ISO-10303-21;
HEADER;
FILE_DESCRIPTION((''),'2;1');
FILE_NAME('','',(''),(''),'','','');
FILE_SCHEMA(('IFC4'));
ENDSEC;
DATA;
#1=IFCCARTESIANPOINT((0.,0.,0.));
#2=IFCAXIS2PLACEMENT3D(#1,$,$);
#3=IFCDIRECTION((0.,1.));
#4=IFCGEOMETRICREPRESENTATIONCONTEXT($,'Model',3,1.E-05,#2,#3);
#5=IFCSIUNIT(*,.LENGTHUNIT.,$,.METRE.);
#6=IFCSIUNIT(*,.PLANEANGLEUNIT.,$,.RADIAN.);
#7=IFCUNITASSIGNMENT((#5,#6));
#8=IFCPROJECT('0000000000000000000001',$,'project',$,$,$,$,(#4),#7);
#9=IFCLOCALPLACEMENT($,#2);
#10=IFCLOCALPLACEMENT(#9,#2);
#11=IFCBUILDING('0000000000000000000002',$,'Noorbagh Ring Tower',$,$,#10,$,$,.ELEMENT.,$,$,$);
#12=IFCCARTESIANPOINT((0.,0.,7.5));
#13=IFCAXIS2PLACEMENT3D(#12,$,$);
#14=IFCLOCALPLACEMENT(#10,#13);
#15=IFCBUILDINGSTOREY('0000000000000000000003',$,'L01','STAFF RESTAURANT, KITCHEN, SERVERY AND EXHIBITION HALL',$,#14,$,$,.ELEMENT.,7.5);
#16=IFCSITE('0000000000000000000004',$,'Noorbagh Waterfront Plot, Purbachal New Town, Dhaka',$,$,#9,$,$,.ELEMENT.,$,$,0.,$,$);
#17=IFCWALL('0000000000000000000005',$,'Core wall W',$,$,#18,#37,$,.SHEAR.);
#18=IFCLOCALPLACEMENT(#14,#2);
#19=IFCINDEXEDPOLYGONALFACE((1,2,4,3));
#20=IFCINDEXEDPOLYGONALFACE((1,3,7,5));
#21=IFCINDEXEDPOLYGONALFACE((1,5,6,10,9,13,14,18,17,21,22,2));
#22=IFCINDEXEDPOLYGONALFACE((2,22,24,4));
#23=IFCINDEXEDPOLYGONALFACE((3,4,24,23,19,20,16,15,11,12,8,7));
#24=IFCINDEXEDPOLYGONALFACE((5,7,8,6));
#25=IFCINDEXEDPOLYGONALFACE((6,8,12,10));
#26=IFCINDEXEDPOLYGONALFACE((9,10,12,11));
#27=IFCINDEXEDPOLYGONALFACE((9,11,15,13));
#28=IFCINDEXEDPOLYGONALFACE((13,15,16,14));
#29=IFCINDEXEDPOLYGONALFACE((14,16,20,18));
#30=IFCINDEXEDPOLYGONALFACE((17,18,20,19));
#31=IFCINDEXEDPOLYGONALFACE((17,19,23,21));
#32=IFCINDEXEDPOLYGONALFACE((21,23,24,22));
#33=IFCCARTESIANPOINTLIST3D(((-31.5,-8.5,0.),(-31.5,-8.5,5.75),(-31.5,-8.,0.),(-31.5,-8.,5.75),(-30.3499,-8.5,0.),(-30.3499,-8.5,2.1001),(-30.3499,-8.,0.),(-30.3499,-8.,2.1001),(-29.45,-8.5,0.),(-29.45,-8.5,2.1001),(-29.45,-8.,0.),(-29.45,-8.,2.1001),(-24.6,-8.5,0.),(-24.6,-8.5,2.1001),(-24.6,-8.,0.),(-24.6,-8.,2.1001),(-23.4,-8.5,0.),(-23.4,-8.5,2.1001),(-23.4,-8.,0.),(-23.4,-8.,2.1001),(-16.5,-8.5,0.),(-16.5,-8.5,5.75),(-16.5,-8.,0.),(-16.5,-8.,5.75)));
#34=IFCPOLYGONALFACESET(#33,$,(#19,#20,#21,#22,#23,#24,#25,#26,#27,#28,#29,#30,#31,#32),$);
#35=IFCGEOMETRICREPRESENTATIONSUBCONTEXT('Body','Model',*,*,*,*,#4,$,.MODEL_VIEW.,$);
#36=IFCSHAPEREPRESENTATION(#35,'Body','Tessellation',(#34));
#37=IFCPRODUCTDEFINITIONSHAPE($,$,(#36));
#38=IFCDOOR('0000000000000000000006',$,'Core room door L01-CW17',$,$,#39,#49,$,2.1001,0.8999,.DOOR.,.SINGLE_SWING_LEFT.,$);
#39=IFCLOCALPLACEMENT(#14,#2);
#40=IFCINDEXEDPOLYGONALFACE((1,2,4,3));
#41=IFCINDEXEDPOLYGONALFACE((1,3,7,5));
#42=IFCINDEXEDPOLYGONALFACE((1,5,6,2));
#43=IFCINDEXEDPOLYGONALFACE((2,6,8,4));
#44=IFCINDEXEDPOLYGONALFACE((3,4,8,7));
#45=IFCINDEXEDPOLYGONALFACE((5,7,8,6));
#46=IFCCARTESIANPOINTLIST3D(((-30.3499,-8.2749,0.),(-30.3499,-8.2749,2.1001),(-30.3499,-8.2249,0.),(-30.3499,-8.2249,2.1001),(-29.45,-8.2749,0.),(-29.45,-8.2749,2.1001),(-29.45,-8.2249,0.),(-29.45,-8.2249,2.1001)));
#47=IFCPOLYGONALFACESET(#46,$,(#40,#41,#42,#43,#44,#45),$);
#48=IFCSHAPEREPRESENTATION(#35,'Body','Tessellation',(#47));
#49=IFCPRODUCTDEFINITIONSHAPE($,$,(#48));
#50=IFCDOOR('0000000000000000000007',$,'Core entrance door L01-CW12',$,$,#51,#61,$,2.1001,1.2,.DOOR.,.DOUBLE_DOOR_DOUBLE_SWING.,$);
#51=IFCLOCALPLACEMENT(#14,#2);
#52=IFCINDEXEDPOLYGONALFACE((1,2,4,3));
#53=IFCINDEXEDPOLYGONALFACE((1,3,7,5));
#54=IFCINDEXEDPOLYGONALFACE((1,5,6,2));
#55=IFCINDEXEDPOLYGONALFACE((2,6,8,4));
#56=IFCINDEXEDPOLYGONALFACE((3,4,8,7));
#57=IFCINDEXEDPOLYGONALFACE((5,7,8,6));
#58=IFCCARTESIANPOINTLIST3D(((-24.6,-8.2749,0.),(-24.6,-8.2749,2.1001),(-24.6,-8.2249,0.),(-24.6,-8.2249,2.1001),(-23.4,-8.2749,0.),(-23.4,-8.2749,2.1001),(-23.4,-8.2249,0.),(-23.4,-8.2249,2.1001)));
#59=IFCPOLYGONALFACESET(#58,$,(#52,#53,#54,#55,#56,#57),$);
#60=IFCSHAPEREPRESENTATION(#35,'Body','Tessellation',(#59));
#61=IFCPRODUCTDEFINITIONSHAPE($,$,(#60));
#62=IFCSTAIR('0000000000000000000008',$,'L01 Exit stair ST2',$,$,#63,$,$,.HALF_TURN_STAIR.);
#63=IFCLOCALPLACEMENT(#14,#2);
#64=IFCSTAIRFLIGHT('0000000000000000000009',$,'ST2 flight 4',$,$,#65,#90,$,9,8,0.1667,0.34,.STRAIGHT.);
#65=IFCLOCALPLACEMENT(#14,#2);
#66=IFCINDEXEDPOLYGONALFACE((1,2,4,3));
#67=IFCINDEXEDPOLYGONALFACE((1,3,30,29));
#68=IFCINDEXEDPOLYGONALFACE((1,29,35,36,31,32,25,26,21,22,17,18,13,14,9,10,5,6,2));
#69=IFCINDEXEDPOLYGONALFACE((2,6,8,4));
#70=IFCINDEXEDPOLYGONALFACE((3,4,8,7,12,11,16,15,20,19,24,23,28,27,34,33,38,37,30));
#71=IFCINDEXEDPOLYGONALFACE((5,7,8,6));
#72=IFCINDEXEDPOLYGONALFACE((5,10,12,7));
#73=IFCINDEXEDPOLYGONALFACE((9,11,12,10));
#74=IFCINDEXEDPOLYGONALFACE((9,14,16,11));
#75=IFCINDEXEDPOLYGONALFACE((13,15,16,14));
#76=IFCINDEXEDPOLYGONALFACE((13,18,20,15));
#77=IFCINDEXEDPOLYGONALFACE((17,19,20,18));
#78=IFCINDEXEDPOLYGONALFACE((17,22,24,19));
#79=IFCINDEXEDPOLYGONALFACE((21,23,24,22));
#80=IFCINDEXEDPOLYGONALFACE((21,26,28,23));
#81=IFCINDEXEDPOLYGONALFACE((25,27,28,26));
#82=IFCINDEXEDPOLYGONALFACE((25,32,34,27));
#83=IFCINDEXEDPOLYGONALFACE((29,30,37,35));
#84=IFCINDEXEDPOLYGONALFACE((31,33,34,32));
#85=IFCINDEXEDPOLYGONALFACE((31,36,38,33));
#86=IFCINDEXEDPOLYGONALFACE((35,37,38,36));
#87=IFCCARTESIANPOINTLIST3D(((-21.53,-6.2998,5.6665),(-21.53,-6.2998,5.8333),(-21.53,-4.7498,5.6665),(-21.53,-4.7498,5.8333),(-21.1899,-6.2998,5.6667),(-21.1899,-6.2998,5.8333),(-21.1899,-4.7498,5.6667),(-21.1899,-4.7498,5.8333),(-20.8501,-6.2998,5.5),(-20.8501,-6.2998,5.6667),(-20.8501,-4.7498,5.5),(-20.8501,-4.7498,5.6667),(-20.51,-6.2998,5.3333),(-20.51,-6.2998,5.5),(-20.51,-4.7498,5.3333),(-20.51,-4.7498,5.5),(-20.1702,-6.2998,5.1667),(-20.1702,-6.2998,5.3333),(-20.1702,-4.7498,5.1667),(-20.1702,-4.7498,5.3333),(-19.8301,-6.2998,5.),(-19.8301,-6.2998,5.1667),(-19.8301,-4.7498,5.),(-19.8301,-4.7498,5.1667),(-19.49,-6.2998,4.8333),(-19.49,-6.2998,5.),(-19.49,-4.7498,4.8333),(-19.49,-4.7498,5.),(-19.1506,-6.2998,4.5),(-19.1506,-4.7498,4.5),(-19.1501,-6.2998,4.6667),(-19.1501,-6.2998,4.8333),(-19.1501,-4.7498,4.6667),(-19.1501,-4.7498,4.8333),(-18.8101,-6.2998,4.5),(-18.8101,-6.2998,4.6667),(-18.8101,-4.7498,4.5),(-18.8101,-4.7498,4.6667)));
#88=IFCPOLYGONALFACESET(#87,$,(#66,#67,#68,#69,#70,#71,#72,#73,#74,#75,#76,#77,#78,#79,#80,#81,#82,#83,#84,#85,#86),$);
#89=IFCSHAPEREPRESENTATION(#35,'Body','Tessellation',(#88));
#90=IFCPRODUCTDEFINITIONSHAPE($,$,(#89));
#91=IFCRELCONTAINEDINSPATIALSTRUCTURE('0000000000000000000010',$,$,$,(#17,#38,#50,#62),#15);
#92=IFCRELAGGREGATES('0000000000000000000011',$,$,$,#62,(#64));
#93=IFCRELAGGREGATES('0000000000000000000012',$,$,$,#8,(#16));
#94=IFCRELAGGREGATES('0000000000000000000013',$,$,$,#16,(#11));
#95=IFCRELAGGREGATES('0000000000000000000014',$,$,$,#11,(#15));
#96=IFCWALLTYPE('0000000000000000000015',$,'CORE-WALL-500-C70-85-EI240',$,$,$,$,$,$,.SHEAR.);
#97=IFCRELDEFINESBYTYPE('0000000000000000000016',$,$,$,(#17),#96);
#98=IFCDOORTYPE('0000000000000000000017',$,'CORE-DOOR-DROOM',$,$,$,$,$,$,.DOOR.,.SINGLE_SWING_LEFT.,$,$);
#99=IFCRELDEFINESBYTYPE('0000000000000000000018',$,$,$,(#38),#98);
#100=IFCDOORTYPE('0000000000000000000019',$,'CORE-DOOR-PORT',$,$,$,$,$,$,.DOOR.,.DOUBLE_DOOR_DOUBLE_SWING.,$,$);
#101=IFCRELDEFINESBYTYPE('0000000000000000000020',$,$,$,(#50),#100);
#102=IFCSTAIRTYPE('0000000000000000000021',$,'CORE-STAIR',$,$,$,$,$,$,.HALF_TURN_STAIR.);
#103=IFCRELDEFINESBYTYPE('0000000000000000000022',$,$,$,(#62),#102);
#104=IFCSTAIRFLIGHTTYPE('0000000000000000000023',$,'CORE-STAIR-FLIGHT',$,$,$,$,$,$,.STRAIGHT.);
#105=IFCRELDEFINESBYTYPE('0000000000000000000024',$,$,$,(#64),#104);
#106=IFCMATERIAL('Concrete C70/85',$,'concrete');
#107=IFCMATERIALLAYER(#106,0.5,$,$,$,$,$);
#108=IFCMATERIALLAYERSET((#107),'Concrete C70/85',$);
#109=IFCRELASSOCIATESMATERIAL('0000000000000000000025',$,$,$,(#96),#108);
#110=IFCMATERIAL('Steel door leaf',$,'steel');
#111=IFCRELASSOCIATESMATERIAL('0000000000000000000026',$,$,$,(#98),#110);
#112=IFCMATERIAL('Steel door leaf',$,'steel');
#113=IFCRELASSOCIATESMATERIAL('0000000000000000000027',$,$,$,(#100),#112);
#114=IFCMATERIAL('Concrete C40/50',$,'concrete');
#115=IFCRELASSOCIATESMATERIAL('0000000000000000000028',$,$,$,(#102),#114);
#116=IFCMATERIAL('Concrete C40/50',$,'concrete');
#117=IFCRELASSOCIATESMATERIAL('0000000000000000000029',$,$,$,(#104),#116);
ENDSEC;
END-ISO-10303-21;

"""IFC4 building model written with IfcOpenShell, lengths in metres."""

from ifc_helpers import new_model, si_unit, direction, frame, frame_2d, origin, place, context, subcontext, project, spatial, polyline, rectangle, outline, extrude, material, layer, layer_set, type_object, element, fill, aggregate, save


model = new_model("IFC4")

# Units and contexts
model_context = context("Model", 3, precision=1e-05, world=origin(), true_north=direction((0.0, 1.0)))
body_context = subcontext(model_context, "Body", "Model", "MODEL_VIEW")
ifc_project = project(units=[si_unit("LENGTHUNIT", "METRE"), si_unit("PLANEANGLEUNIT", "RADIAN")], contexts=[model_context])

# Site, building, storey
site_placement = place(None, origin())
site = spatial("IfcSite", under=ifc_project, at=site_placement, Name="Noorbagh Waterfront Plot, Purbachal New Town, Dhaka", CompositionType="ELEMENT", RefElevation=0.0)
building_placement = place(site_placement, origin())
building = spatial("IfcBuilding", under=site, at=building_placement, Name="Noorbagh Ring Tower", CompositionType="ELEMENT")
storey_placement = place(building_placement, frame((0.0, 0.0, 7.5)))
storey = spatial("IfcBuildingStorey", under=building, at=storey_placement, Name="L01", Description="STAFF RESTAURANT, KITCHEN, SERVERY AND EXHIBITION HALL", CompositionType="ELEMENT", Elevation=7.5)

# Wall, openings, doors
ifc_material_1 = material(Name="Concrete C70/85", Category="concrete")
ifc_layer_1 = layer(ifc_material_1, 0.5)
ifc_layer_set_1 = layer_set([ifc_layer_1], Name="Concrete C70/85")
wall_type_1 = type_object("IfcWallType", Name="CORE-WALL-500-C70-85-EI240", PredefinedType="SHEAR", material=ifc_layer_set_1)
wall_1_placement = place(storey_placement, frame((-16.5, -8.25, 0.0), z_axis=(0.0, 0.0, 1.0), x_axis=(-1.0, 0.0, 0.0)))
wall_1 = element("IfcWall", 1, at=wall_1_placement, inside=storey, type_object=wall_type_1, Name="Core wall W", PredefinedType="SHEAR", context=body_context, shape_type="SweptSolid", body=[
    extrude(rectangle(XDim=15.0, YDim=0.5, at=frame_2d((7.5, 0.0))), origin(), (0.0, 0.0, 1.0), 5.75),
])
opening_1_placement = place(wall_1_placement, frame((6.8999, 0.0, 0.0)))
opening_1 = element("IfcOpeningElement", 2, at=opening_1_placement, cuts=wall_1, PredefinedType="OPENING", context=body_context, shape_type="SweptSolid", body=[
    extrude(rectangle(XDim=1.2, YDim=2.1001, at=frame_2d((0.6001, 1.05))), frame((0.0, 0.26, 0.0), z_axis=(0.0, -1.0, 0.0), x_axis=(1.0, 0.0, 0.0)), (0.0, 0.0, 1.0), 0.52),
])
opening_2_placement = place(wall_1_placement, frame((12.95, 0.0, 0.0)))
opening_2 = element("IfcOpeningElement", 3, at=opening_2_placement, cuts=wall_1, PredefinedType="OPENING", context=body_context, shape_type="SweptSolid", body=[
    extrude(rectangle(XDim=0.8999, YDim=2.1001, at=frame_2d((0.45, 1.05))), frame((0.0, 0.26, 0.0), z_axis=(0.0, -1.0, 0.0), x_axis=(1.0, 0.0, 0.0)), (0.0, 0.0, 1.0), 0.52),
])
ifc_material_2 = material(Name="Steel door leaf", Category="steel")
door_type_1 = type_object("IfcDoorType", Name="CORE-DOOR-DROOM", OperationType="SINGLE_SWING_LEFT", PredefinedType="DOOR", material=ifc_material_2)
door_1_placement = place(opening_2_placement, origin())
door_1 = element("IfcDoor", 4, at=door_1_placement, inside=storey, type_object=door_type_1, Name="Core room door L01-CW17", OperationType="SINGLE_SWING_LEFT", OverallHeight=2.1001, OverallWidth=0.8999, PredefinedType="DOOR", context=body_context, shape_type="SweptSolid", body=[
    extrude(rectangle(XDim=0.8999, YDim=2.1001, at=frame_2d((0.45, 1.05))), frame((0.0, 0.0249, 0.0), z_axis=(0.0, -1.0, 0.0), x_axis=(1.0, 0.0, 0.0)), (0.0, 0.0, 1.0), 0.05),
])
fill(opening_2, door_1)
ifc_material_3 = material(Name="Steel door leaf", Category="steel")
door_type_2 = type_object("IfcDoorType", Name="CORE-DOOR-PORT", OperationType="DOUBLE_DOOR_DOUBLE_SWING", PredefinedType="DOOR", material=ifc_material_3)
door_2_placement = place(opening_1_placement, origin())
door_2 = element("IfcDoor", 5, at=door_2_placement, inside=storey, type_object=door_type_2, Name="Core entrance door L01-CW12", OperationType="DOUBLE_DOOR_DOUBLE_SWING", OverallHeight=2.1001, OverallWidth=1.2, PredefinedType="DOOR", context=body_context, shape_type="SweptSolid", body=[
    extrude(rectangle(XDim=1.2, YDim=2.1001, at=frame_2d((0.6001, 1.05))), frame((0.0, 0.0249, 0.0), z_axis=(0.0, -1.0, 0.0), x_axis=(1.0, 0.0, 0.0)), (0.0, 0.0, 1.0), 0.05),
])
fill(opening_1, door_2)

# Stair, stair flight
ifc_material_4 = material(Name="Concrete C40/50", Category="concrete")
stair_type = type_object("IfcStairType", Name="CORE-STAIR", PredefinedType="HALF_TURN_STAIR", material=ifc_material_4)
stair_placement = place(storey_placement, origin())
stair = element("IfcStair", 6, at=stair_placement, inside=storey, type_object=stair_type, Name="L01 Exit stair ST2", PredefinedType="HALF_TURN_STAIR")
ifc_material_5 = material(Name="Concrete C40/50", Category="concrete")
stair_flight_type = type_object("IfcStairFlightType", Name="CORE-STAIR-FLIGHT", PredefinedType="STRAIGHT", material=ifc_material_5)
stair_flight_placement = place(storey_placement, frame((-18.8101, -5.5249, 4.5), z_axis=(0.0, 0.0, 1.0), x_axis=(-1.0, 0.0, 0.0)))
stair_flight = element("IfcStairFlight", 7, at=stair_flight_placement, type_object=stair_flight_type, Name="ST2 flight 4", NumberOfRisers=9, NumberOfTreads=8, PredefinedType="STRAIGHT", RiserHeight=0.1667, TreadLength=0.34, context=body_context, shape_type="SweptSolid", body=[
    extrude(outline(polyline([(0.0, 0.0), (0.0, 0.1667), (0.3401, 0.1667), (0.3401, 0.3333), (0.6799, 0.3333), (0.6799, 0.5), (1.02, 0.5), (1.02, 0.6667), (1.3601, 0.6667), (1.3601, 0.8333), (1.7, 0.8333), (1.7, 1.0), (2.04, 1.0), (2.04, 1.1667), (2.3799, 1.1667), (2.3799, 1.3333), (2.72, 1.3333), (2.72, 1.5), (2.72, 1.1665), (0.3406, 0.0), (0.0, 0.0)])), frame((0.0, 0.7749, 0.0), z_axis=(0.0, -1.0, 0.0), x_axis=(1.0, 0.0, 0.0)), (0.0, 0.0, 1.0), 1.55),
])
aggregate(stair, [stair_flight])

save(model, "model.ifc")
